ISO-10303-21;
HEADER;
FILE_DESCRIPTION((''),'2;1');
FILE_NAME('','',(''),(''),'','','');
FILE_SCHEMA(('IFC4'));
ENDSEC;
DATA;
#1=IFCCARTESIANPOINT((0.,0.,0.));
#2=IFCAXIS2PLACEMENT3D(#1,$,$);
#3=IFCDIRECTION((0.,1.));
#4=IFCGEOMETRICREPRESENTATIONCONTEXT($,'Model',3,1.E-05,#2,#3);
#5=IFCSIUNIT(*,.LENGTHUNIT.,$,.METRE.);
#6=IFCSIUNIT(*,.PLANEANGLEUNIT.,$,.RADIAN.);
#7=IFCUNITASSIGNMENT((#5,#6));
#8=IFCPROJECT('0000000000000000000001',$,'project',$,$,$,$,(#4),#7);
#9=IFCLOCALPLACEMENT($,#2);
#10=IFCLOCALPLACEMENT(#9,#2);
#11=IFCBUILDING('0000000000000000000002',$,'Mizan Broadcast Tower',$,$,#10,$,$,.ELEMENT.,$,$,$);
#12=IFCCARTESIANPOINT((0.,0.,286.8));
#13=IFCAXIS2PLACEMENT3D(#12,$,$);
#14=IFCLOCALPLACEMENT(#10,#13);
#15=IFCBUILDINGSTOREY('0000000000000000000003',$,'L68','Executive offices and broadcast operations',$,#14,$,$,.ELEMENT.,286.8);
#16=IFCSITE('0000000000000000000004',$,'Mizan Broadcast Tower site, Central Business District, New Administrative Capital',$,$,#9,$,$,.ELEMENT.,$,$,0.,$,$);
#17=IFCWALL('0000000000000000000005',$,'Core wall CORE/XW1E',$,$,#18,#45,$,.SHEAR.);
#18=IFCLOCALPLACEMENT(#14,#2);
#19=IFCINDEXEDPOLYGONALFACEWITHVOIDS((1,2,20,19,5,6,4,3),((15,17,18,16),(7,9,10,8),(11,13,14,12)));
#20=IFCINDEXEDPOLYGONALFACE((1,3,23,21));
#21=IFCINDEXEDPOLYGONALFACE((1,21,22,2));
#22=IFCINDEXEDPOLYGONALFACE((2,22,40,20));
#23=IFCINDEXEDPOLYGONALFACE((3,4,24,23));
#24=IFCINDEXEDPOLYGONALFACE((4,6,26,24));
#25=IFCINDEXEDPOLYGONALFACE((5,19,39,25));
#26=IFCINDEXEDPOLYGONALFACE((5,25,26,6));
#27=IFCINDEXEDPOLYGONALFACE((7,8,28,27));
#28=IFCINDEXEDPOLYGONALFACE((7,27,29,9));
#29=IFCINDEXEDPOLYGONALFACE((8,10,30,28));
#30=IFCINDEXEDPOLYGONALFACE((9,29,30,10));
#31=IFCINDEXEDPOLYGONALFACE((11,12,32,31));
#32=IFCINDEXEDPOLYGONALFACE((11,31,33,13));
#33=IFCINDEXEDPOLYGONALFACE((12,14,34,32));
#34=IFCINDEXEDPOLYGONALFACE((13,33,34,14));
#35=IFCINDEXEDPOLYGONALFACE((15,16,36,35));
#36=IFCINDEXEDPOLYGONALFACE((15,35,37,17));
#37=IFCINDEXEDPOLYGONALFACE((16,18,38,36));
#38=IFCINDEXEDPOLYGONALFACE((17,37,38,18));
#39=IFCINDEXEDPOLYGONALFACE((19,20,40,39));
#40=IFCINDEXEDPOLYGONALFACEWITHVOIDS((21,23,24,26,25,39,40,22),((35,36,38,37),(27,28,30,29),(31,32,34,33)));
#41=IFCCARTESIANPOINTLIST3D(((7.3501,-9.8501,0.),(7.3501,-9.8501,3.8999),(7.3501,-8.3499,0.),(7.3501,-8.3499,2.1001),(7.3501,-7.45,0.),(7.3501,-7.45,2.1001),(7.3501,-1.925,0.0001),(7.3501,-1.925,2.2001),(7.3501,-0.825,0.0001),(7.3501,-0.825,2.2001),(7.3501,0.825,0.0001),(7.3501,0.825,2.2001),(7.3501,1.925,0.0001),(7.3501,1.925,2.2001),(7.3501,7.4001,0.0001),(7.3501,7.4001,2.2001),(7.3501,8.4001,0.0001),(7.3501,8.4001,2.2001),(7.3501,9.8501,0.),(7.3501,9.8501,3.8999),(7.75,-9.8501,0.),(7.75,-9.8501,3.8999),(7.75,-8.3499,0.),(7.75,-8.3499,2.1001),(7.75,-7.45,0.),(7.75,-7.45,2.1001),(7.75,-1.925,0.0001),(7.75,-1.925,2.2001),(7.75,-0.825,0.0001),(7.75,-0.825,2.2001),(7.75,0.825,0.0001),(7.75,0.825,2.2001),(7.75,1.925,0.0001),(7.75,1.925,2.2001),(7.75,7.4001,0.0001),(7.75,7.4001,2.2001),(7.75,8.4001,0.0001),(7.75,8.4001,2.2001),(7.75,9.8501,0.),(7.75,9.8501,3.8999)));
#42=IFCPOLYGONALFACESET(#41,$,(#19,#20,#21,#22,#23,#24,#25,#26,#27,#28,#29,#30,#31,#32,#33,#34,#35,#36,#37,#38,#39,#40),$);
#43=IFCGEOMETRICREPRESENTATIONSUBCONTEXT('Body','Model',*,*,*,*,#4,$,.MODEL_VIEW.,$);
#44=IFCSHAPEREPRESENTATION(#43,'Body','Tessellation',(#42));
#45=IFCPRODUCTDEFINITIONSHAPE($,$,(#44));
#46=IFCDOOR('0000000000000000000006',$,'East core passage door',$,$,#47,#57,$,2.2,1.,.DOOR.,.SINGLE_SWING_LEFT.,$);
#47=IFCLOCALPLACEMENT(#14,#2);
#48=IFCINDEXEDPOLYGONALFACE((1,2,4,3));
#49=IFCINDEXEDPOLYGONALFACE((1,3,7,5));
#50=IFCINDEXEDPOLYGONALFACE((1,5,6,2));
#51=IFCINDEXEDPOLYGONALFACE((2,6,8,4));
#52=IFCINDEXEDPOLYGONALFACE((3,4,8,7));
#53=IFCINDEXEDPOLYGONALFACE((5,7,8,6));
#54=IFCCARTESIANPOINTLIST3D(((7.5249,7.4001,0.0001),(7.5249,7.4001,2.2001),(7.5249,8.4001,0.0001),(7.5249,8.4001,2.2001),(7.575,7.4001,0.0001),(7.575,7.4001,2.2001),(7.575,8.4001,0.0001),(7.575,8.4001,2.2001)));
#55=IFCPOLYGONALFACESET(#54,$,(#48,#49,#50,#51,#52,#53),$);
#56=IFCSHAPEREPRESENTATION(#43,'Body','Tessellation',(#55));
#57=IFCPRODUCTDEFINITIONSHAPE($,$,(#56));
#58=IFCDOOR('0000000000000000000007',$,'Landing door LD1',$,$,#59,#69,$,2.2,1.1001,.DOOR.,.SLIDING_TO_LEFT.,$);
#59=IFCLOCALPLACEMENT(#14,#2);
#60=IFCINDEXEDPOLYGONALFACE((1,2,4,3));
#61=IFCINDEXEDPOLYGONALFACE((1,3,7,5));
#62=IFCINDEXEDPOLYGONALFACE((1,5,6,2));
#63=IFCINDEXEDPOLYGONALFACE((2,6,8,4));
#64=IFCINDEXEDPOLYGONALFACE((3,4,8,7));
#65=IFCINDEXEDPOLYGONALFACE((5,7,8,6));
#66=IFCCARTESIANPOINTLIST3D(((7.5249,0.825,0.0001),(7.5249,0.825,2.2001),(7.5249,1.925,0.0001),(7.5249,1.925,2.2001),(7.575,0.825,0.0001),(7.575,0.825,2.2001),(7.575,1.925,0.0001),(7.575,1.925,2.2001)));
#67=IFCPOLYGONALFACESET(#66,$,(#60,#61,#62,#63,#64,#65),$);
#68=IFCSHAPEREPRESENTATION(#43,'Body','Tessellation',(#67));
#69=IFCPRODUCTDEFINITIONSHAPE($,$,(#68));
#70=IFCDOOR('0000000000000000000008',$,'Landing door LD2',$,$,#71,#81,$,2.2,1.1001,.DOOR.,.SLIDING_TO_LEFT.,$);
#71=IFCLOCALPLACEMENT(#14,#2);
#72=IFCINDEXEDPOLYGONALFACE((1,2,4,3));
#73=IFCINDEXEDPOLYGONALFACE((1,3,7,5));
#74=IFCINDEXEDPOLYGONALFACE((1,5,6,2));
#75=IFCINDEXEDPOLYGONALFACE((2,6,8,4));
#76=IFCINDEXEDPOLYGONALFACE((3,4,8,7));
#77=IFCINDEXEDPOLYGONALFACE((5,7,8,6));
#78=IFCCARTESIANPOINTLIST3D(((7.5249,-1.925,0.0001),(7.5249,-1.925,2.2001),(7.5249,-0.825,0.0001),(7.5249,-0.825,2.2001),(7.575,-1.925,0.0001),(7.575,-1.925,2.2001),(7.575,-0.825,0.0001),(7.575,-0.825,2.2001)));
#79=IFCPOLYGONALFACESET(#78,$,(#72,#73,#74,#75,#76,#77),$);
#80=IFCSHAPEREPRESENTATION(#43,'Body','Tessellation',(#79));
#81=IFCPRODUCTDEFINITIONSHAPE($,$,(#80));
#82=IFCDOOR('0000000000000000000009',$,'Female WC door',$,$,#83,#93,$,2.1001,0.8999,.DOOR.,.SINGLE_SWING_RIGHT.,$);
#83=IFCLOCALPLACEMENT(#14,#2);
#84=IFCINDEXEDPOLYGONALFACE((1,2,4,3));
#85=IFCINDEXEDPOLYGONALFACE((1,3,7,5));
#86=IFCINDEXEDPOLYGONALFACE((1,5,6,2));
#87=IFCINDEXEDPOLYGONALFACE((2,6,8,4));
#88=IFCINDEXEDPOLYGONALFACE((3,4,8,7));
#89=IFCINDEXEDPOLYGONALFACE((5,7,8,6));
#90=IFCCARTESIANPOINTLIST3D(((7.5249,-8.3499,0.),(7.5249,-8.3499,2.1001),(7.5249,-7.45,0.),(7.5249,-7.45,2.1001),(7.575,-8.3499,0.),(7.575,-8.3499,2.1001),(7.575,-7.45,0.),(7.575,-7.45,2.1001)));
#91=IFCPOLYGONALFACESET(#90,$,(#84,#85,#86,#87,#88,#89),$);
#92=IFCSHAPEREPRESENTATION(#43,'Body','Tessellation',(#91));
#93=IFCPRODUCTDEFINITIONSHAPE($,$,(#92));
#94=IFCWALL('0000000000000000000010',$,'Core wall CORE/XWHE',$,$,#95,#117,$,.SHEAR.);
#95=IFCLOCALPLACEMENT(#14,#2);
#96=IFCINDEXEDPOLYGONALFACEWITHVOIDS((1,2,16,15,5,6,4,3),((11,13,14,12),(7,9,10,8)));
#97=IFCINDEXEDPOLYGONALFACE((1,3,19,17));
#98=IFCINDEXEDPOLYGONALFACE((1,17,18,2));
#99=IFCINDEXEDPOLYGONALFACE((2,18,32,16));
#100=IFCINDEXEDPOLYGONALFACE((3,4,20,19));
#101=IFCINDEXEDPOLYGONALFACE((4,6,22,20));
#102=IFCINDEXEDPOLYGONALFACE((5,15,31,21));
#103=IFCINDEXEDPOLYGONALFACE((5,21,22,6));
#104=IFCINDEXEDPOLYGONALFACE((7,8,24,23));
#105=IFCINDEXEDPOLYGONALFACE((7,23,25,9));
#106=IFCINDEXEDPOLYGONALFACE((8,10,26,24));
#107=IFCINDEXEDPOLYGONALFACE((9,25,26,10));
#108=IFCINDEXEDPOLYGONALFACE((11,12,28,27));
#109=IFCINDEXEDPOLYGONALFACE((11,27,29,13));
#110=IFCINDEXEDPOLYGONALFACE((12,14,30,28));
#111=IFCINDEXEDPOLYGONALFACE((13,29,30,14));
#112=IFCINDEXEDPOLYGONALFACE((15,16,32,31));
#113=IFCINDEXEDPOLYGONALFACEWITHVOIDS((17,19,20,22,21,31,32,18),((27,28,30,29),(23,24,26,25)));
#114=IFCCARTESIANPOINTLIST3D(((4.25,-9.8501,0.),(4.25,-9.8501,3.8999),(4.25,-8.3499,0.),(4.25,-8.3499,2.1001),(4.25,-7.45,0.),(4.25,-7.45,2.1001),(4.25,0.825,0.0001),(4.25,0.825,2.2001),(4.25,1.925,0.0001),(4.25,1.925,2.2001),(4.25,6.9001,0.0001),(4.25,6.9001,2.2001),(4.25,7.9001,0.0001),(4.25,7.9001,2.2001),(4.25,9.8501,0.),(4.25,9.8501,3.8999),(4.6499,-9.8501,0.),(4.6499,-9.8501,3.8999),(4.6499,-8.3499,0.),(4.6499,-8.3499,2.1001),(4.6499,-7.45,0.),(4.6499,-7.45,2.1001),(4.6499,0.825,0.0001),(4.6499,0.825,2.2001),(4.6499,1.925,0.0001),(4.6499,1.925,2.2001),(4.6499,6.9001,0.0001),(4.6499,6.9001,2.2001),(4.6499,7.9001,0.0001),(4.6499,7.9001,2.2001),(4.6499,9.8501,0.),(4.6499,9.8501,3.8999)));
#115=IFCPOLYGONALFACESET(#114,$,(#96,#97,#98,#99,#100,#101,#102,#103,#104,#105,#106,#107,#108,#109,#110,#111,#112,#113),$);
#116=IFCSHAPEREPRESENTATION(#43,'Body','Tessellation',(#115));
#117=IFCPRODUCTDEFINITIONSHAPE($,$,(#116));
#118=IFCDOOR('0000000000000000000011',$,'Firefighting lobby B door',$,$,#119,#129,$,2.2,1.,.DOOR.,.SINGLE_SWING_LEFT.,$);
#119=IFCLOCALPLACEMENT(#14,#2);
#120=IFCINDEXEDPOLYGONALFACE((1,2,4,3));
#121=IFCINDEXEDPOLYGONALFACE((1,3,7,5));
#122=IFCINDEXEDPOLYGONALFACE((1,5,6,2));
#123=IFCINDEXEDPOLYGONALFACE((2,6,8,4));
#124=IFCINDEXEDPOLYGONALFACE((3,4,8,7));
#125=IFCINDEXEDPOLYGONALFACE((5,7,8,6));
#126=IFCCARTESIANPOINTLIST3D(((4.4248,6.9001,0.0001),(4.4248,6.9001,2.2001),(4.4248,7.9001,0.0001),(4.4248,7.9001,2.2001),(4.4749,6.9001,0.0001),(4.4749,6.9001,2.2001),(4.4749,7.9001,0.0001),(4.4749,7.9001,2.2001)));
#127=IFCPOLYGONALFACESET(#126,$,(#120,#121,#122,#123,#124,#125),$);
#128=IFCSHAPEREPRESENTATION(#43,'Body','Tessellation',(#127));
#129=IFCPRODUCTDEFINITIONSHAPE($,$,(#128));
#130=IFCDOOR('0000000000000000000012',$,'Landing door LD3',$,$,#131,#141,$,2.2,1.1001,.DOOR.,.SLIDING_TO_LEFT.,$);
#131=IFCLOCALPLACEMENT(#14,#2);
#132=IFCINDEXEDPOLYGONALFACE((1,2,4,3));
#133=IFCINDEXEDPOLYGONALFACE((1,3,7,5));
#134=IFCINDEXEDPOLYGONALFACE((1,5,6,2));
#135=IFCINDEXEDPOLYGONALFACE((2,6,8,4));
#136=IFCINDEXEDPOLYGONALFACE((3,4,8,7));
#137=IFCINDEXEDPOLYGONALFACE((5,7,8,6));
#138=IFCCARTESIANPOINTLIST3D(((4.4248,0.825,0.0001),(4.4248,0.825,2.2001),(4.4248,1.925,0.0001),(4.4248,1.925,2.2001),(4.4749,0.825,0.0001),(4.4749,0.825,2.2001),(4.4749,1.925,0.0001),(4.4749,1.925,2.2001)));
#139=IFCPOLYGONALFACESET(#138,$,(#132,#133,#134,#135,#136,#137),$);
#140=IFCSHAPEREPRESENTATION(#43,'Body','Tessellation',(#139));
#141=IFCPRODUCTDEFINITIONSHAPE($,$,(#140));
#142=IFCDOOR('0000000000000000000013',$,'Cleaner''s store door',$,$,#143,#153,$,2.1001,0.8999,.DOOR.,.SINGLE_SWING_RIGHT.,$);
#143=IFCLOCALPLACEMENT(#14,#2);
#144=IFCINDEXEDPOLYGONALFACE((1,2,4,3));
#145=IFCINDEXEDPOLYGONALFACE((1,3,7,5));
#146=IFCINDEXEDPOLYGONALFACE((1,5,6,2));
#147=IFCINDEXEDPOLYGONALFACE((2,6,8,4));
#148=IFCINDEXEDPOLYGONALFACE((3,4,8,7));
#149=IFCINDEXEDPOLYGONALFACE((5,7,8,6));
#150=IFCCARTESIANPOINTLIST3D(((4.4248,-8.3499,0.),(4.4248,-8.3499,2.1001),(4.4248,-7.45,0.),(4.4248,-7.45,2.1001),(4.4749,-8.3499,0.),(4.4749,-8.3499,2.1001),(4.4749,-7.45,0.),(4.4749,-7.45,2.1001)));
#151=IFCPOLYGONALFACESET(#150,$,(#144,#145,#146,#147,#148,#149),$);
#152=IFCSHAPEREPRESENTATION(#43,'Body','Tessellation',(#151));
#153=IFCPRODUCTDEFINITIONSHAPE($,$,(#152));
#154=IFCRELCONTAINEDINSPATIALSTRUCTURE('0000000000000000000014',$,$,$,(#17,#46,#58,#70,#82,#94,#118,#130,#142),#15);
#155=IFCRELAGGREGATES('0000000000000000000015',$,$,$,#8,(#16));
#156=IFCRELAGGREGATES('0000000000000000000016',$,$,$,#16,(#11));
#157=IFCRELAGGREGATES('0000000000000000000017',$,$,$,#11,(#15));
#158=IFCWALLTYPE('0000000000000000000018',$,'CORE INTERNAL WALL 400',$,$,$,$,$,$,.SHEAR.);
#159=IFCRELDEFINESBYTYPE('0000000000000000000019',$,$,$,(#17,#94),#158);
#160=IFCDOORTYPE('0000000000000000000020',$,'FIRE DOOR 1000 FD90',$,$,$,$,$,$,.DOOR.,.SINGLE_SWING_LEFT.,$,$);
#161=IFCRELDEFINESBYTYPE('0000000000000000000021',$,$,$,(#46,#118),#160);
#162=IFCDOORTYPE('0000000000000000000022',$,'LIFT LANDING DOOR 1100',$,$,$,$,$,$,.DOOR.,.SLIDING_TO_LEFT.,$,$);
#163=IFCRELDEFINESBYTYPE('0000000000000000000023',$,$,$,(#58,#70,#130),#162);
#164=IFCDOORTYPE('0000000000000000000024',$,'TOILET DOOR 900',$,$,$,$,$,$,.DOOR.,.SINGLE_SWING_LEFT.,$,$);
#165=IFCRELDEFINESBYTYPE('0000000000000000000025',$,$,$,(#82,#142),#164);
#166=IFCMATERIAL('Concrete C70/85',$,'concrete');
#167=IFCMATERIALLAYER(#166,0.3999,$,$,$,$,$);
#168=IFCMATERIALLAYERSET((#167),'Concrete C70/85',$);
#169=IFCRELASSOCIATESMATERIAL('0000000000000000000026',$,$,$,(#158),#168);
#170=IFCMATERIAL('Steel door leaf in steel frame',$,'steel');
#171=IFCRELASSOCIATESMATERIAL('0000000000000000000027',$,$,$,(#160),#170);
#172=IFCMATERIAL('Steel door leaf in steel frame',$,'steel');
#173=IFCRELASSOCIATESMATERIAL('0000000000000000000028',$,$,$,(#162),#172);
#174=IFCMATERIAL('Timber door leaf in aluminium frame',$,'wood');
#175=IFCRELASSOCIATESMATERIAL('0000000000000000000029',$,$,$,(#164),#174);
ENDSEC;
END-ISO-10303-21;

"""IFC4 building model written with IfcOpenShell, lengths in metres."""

from ifc_helpers import new_model, si_unit, direction, frame, frame_2d, origin, place, context, subcontext, project, spatial, rectangle, extrude, material, layer, layer_set, type_object, element, fill, save


model = new_model("IFC4")

# Units and contexts
model_context = context("Model", 3, precision=1e-05, world=origin(), true_north=direction((0.0, 1.0)))
body_context = subcontext(model_context, "Body", "Model", "MODEL_VIEW")
ifc_project = project(units=[si_unit("LENGTHUNIT", "METRE"), si_unit("PLANEANGLEUNIT", "RADIAN")], contexts=[model_context])

# Site, building, storey
site_placement = place(None, origin())
site = spatial("IfcSite", under=ifc_project, at=site_placement, Name="Mizan Broadcast Tower site, Central Business District, New Administrative Capital", CompositionType="ELEMENT", RefElevation=0.0)
building_placement = place(site_placement, origin())
building = spatial("IfcBuilding", under=site, at=building_placement, Name="Mizan Broadcast Tower", CompositionType="ELEMENT")
storey_placement = place(building_placement, frame((0.0, 0.0, 286.8)))
storey = spatial("IfcBuildingStorey", under=building, at=storey_placement, Name="L68", Description="Executive offices and broadcast operations", CompositionType="ELEMENT", Elevation=286.8)

# Walls, openings, doors
ifc_material_1 = material(Name="Concrete C70/85", Category="concrete")
ifc_layer_1 = layer(ifc_material_1, 0.3999)
ifc_layer_set_1 = layer_set([ifc_layer_1], Name="Concrete C70/85")
wall_type = type_object("IfcWallType", Name="CORE INTERNAL WALL 400", PredefinedType="SHEAR", material=ifc_layer_set_1)
wall_1_placement = place(storey_placement, frame((7.55, 9.8501, 0.0), z_axis=(0.0, 0.0, 1.0), x_axis=(0.0, -1.0, 0.0)))
wall_1 = element("IfcWall", 1, at=wall_1_placement, inside=storey, type_object=wall_type, Name="Core wall CORE/XW1E", PredefinedType="SHEAR", context=body_context, shape_type="SweptSolid", body=[
    extrude(rectangle(XDim=19.7002, YDim=0.3999, at=frame_2d((9.8501, 0.0))), origin(), (0.0, 0.0, 1.0), 3.8999),
])
opening_1_placement = place(wall_1_placement, frame((1.45, 0.0, 0.0)))
opening_1 = element("IfcOpeningElement", 2, at=opening_1_placement, cuts=wall_1, PredefinedType="OPENING", context=body_context, shape_type="SweptSolid", body=[
    extrude(rectangle(XDim=1.0, YDim=2.2, at=frame_2d((0.5, 1.1001))), frame((0.0, 0.21, 0.0), z_axis=(0.0, -1.0, 0.0), x_axis=(1.0, 0.0, 0.0)), (0.0, 0.0, 1.0), 0.4199),
])
opening_2_placement = place(wall_1_placement, frame((17.3, 0.0, 0.0)))
opening_2 = element("IfcOpeningElement", 3, at=opening_2_placement, cuts=wall_1, PredefinedType="OPENING", context=body_context, shape_type="SweptSolid", body=[
    extrude(rectangle(XDim=0.8999, YDim=2.1001, at=frame_2d((0.45, 1.05))), frame((0.0, 0.21, 0.0), z_axis=(0.0, -1.0, 0.0), x_axis=(1.0, 0.0, 0.0)), (0.0, 0.0, 1.0), 0.4199),
])
opening_3_placement = place(wall_1_placement, frame((7.925, 0.0, 0.0)))
opening_3 = element("IfcOpeningElement", 4, at=opening_3_placement, cuts=wall_1, PredefinedType="OPENING", context=body_context, shape_type="SweptSolid", body=[
    extrude(rectangle(XDim=1.1001, YDim=2.2, at=frame_2d((0.55, 1.1001))), frame((0.0, 0.21, 0.0), z_axis=(0.0, -1.0, 0.0), x_axis=(1.0, 0.0, 0.0)), (0.0, 0.0, 1.0), 0.4199),
])
opening_4_placement = place(wall_1_placement, frame((10.675, 0.0, 0.0)))
opening_4 = element("IfcOpeningElement", 5, at=opening_4_placement, cuts=wall_1, PredefinedType="OPENING", context=body_context, shape_type="SweptSolid", body=[
    extrude(rectangle(XDim=1.1001, YDim=2.2, at=frame_2d((0.55, 1.1001))), frame((0.0, 0.21, 0.0), z_axis=(0.0, -1.0, 0.0), x_axis=(1.0, 0.0, 0.0)), (0.0, 0.0, 1.0), 0.4199),
])
ifc_material_2 = material(Name="Steel door leaf in steel frame", Category="steel")
door_type_1 = type_object("IfcDoorType", Name="FIRE DOOR 1000 FD90", OperationType="SINGLE_SWING_LEFT", PredefinedType="DOOR", material=ifc_material_2)
door_1_placement = place(opening_1_placement, origin())
door_1 = element("IfcDoor", 6, at=door_1_placement, inside=storey, type_object=door_type_1, Name="East core passage door", OperationType="SINGLE_SWING_LEFT", OverallHeight=2.2, OverallWidth=1.0, PredefinedType="DOOR", context=body_context, shape_type="SweptSolid", body=[
    extrude(rectangle(XDim=1.0, YDim=2.2, at=frame_2d((0.5, 1.1001))), frame((0.0, 0.0249, 0.0), z_axis=(0.0, -1.0, 0.0), x_axis=(1.0, 0.0, 0.0)), (0.0, 0.0, 1.0), 0.05),
])
fill(opening_1, door_1)
ifc_material_3 = material(Name="Steel door leaf in steel frame", Category="steel")
door_type_2 = type_object("IfcDoorType", Name="LIFT LANDING DOOR 1100", OperationType="SLIDING_TO_LEFT", PredefinedType="DOOR", material=ifc_material_3)
door_2_placement = place(opening_3_placement, origin())
door_2 = element("IfcDoor", 7, at=door_2_placement, inside=storey, type_object=door_type_2, Name="Landing door LD1", OperationType="SLIDING_TO_LEFT", OverallHeight=2.2, OverallWidth=1.1001, PredefinedType="DOOR", context=body_context, shape_type="SweptSolid", body=[
    extrude(rectangle(XDim=1.1001, YDim=2.2, at=frame_2d((0.55, 1.1001))), frame((0.0, 0.0249, 0.0), z_axis=(0.0, -1.0, 0.0), x_axis=(1.0, 0.0, 0.0)), (0.0, 0.0, 1.0), 0.05),
])
fill(opening_3, door_2)
door_3_placement = place(opening_4_placement, origin())
door_3 = element("IfcDoor", 8, at=door_3_placement, inside=storey, type_object=door_type_2, Name="Landing door LD2", OperationType="SLIDING_TO_LEFT", OverallHeight=2.2, OverallWidth=1.1001, PredefinedType="DOOR", context=body_context, shape_type="SweptSolid", body=[
    extrude(rectangle(XDim=1.1001, YDim=2.2, at=frame_2d((0.55, 1.1001))), frame((0.0, 0.0249, 0.0), z_axis=(0.0, -1.0, 0.0), x_axis=(1.0, 0.0, 0.0)), (0.0, 0.0, 1.0), 0.05),
])
fill(opening_4, door_3)
ifc_material_4 = material(Name="Timber door leaf in aluminium frame", Category="wood")
door_type_3 = type_object("IfcDoorType", Name="TOILET DOOR 900", OperationType="SINGLE_SWING_LEFT", PredefinedType="DOOR", material=ifc_material_4)
door_4_placement = place(opening_2_placement, origin())
door_4 = element("IfcDoor", 9, at=door_4_placement, inside=storey, type_object=door_type_3, Name="Female WC door", OperationType="SINGLE_SWING_RIGHT", OverallHeight=2.1001, OverallWidth=0.8999, PredefinedType="DOOR", context=body_context, shape_type="SweptSolid", body=[
    extrude(rectangle(XDim=0.8999, YDim=2.1001, at=frame_2d((0.45, 1.05))), frame((0.0, 0.0249, 0.0), z_axis=(0.0, -1.0, 0.0), x_axis=(1.0, 0.0, 0.0)), (0.0, 0.0, 1.0), 0.05),
])
fill(opening_2, door_4)
wall_2_placement = place(storey_placement, frame((4.45, 9.8501, 0.0), z_axis=(0.0, 0.0, 1.0), x_axis=(0.0, -1.0, 0.0)))
wall_2 = element("IfcWall", 10, at=wall_2_placement, inside=storey, type_object=wall_type, Name="Core wall CORE/XWHE", PredefinedType="SHEAR", context=body_context, shape_type="SweptSolid", body=[
    extrude(rectangle(XDim=19.7002, YDim=0.3999, at=frame_2d((9.8501, 0.0))), origin(), (0.0, 0.0, 1.0), 3.8999),
])
opening_5_placement = place(wall_2_placement, frame((1.95, 0.0, 0.0)))
opening_5 = element("IfcOpeningElement", 11, at=opening_5_placement, cuts=wall_2, PredefinedType="OPENING", context=body_context, shape_type="SweptSolid", body=[
    extrude(rectangle(XDim=1.0, YDim=2.2, at=frame_2d((0.5, 1.1001))), frame((0.0, 0.21, 0.0), z_axis=(0.0, -1.0, 0.0), x_axis=(1.0, 0.0, 0.0)), (0.0, 0.0, 1.0), 0.4199),
])
opening_6_placement = place(wall_2_placement, frame((17.3, 0.0, 0.0)))
opening_6 = element("IfcOpeningElement", 12, at=opening_6_placement, cuts=wall_2, PredefinedType="OPENING", context=body_context, shape_type="SweptSolid", body=[
    extrude(rectangle(XDim=0.8999, YDim=2.1001, at=frame_2d((0.45, 1.05))), frame((0.0, 0.21, 0.0), z_axis=(0.0, -1.0, 0.0), x_axis=(1.0, 0.0, 0.0)), (0.0, 0.0, 1.0), 0.4199),
])
opening_7_placement = place(wall_2_placement, frame((7.925, 0.0, 0.0)))
opening_7 = element("IfcOpeningElement", 13, at=opening_7_placement, cuts=wall_2, PredefinedType="OPENING", context=body_context, shape_type="SweptSolid", body=[
    extrude(rectangle(XDim=1.1001, YDim=2.2, at=frame_2d((0.55, 1.1001))), frame((0.0, 0.21, 0.0), z_axis=(0.0, -1.0, 0.0), x_axis=(1.0, 0.0, 0.0)), (0.0, 0.0, 1.0), 0.4199),
])
door_5_placement = place(opening_5_placement, origin())
door_5 = element("IfcDoor", 14, at=door_5_placement, inside=storey, type_object=door_type_1, Name="Firefighting lobby B door", OperationType="SINGLE_SWING_LEFT", OverallHeight=2.2, OverallWidth=1.0, PredefinedType="DOOR", context=body_context, shape_type="SweptSolid", body=[
    extrude(rectangle(XDim=1.0, YDim=2.2, at=frame_2d((0.5, 1.1001))), frame((0.0, 0.0249, 0.0), z_axis=(0.0, -1.0, 0.0), x_axis=(1.0, 0.0, 0.0)), (0.0, 0.0, 1.0), 0.05),
])
fill(opening_5, door_5)
door_6_placement = place(opening_7_placement, origin())
door_6 = element("IfcDoor", 15, at=door_6_placement, inside=storey, type_object=door_type_2, Name="Landing door LD3", OperationType="SLIDING_TO_LEFT", OverallHeight=2.2, OverallWidth=1.1001, PredefinedType="DOOR", context=body_context, shape_type="SweptSolid", body=[
    extrude(rectangle(XDim=1.1001, YDim=2.2, at=frame_2d((0.55, 1.1001))), frame((0.0, 0.0249, 0.0), z_axis=(0.0, -1.0, 0.0), x_axis=(1.0, 0.0, 0.0)), (0.0, 0.0, 1.0), 0.05),
])
fill(opening_7, door_6)
door_7_placement = place(opening_6_placement, origin())
door_7 = element("IfcDoor", 16, at=door_7_placement, inside=storey, type_object=door_type_3, Name="Cleaner's store door", OperationType="SINGLE_SWING_RIGHT", OverallHeight=2.1001, OverallWidth=0.8999, PredefinedType="DOOR", context=body_context, shape_type="SweptSolid", body=[
    extrude(rectangle(XDim=0.8999, YDim=2.1001, at=frame_2d((0.45, 1.05))), frame((0.0, 0.0249, 0.0), z_axis=(0.0, -1.0, 0.0), x_axis=(1.0, 0.0, 0.0)), (0.0, 0.0, 1.0), 0.05),
])
fill(opening_6, door_7)

save(model, "model.ifc")
